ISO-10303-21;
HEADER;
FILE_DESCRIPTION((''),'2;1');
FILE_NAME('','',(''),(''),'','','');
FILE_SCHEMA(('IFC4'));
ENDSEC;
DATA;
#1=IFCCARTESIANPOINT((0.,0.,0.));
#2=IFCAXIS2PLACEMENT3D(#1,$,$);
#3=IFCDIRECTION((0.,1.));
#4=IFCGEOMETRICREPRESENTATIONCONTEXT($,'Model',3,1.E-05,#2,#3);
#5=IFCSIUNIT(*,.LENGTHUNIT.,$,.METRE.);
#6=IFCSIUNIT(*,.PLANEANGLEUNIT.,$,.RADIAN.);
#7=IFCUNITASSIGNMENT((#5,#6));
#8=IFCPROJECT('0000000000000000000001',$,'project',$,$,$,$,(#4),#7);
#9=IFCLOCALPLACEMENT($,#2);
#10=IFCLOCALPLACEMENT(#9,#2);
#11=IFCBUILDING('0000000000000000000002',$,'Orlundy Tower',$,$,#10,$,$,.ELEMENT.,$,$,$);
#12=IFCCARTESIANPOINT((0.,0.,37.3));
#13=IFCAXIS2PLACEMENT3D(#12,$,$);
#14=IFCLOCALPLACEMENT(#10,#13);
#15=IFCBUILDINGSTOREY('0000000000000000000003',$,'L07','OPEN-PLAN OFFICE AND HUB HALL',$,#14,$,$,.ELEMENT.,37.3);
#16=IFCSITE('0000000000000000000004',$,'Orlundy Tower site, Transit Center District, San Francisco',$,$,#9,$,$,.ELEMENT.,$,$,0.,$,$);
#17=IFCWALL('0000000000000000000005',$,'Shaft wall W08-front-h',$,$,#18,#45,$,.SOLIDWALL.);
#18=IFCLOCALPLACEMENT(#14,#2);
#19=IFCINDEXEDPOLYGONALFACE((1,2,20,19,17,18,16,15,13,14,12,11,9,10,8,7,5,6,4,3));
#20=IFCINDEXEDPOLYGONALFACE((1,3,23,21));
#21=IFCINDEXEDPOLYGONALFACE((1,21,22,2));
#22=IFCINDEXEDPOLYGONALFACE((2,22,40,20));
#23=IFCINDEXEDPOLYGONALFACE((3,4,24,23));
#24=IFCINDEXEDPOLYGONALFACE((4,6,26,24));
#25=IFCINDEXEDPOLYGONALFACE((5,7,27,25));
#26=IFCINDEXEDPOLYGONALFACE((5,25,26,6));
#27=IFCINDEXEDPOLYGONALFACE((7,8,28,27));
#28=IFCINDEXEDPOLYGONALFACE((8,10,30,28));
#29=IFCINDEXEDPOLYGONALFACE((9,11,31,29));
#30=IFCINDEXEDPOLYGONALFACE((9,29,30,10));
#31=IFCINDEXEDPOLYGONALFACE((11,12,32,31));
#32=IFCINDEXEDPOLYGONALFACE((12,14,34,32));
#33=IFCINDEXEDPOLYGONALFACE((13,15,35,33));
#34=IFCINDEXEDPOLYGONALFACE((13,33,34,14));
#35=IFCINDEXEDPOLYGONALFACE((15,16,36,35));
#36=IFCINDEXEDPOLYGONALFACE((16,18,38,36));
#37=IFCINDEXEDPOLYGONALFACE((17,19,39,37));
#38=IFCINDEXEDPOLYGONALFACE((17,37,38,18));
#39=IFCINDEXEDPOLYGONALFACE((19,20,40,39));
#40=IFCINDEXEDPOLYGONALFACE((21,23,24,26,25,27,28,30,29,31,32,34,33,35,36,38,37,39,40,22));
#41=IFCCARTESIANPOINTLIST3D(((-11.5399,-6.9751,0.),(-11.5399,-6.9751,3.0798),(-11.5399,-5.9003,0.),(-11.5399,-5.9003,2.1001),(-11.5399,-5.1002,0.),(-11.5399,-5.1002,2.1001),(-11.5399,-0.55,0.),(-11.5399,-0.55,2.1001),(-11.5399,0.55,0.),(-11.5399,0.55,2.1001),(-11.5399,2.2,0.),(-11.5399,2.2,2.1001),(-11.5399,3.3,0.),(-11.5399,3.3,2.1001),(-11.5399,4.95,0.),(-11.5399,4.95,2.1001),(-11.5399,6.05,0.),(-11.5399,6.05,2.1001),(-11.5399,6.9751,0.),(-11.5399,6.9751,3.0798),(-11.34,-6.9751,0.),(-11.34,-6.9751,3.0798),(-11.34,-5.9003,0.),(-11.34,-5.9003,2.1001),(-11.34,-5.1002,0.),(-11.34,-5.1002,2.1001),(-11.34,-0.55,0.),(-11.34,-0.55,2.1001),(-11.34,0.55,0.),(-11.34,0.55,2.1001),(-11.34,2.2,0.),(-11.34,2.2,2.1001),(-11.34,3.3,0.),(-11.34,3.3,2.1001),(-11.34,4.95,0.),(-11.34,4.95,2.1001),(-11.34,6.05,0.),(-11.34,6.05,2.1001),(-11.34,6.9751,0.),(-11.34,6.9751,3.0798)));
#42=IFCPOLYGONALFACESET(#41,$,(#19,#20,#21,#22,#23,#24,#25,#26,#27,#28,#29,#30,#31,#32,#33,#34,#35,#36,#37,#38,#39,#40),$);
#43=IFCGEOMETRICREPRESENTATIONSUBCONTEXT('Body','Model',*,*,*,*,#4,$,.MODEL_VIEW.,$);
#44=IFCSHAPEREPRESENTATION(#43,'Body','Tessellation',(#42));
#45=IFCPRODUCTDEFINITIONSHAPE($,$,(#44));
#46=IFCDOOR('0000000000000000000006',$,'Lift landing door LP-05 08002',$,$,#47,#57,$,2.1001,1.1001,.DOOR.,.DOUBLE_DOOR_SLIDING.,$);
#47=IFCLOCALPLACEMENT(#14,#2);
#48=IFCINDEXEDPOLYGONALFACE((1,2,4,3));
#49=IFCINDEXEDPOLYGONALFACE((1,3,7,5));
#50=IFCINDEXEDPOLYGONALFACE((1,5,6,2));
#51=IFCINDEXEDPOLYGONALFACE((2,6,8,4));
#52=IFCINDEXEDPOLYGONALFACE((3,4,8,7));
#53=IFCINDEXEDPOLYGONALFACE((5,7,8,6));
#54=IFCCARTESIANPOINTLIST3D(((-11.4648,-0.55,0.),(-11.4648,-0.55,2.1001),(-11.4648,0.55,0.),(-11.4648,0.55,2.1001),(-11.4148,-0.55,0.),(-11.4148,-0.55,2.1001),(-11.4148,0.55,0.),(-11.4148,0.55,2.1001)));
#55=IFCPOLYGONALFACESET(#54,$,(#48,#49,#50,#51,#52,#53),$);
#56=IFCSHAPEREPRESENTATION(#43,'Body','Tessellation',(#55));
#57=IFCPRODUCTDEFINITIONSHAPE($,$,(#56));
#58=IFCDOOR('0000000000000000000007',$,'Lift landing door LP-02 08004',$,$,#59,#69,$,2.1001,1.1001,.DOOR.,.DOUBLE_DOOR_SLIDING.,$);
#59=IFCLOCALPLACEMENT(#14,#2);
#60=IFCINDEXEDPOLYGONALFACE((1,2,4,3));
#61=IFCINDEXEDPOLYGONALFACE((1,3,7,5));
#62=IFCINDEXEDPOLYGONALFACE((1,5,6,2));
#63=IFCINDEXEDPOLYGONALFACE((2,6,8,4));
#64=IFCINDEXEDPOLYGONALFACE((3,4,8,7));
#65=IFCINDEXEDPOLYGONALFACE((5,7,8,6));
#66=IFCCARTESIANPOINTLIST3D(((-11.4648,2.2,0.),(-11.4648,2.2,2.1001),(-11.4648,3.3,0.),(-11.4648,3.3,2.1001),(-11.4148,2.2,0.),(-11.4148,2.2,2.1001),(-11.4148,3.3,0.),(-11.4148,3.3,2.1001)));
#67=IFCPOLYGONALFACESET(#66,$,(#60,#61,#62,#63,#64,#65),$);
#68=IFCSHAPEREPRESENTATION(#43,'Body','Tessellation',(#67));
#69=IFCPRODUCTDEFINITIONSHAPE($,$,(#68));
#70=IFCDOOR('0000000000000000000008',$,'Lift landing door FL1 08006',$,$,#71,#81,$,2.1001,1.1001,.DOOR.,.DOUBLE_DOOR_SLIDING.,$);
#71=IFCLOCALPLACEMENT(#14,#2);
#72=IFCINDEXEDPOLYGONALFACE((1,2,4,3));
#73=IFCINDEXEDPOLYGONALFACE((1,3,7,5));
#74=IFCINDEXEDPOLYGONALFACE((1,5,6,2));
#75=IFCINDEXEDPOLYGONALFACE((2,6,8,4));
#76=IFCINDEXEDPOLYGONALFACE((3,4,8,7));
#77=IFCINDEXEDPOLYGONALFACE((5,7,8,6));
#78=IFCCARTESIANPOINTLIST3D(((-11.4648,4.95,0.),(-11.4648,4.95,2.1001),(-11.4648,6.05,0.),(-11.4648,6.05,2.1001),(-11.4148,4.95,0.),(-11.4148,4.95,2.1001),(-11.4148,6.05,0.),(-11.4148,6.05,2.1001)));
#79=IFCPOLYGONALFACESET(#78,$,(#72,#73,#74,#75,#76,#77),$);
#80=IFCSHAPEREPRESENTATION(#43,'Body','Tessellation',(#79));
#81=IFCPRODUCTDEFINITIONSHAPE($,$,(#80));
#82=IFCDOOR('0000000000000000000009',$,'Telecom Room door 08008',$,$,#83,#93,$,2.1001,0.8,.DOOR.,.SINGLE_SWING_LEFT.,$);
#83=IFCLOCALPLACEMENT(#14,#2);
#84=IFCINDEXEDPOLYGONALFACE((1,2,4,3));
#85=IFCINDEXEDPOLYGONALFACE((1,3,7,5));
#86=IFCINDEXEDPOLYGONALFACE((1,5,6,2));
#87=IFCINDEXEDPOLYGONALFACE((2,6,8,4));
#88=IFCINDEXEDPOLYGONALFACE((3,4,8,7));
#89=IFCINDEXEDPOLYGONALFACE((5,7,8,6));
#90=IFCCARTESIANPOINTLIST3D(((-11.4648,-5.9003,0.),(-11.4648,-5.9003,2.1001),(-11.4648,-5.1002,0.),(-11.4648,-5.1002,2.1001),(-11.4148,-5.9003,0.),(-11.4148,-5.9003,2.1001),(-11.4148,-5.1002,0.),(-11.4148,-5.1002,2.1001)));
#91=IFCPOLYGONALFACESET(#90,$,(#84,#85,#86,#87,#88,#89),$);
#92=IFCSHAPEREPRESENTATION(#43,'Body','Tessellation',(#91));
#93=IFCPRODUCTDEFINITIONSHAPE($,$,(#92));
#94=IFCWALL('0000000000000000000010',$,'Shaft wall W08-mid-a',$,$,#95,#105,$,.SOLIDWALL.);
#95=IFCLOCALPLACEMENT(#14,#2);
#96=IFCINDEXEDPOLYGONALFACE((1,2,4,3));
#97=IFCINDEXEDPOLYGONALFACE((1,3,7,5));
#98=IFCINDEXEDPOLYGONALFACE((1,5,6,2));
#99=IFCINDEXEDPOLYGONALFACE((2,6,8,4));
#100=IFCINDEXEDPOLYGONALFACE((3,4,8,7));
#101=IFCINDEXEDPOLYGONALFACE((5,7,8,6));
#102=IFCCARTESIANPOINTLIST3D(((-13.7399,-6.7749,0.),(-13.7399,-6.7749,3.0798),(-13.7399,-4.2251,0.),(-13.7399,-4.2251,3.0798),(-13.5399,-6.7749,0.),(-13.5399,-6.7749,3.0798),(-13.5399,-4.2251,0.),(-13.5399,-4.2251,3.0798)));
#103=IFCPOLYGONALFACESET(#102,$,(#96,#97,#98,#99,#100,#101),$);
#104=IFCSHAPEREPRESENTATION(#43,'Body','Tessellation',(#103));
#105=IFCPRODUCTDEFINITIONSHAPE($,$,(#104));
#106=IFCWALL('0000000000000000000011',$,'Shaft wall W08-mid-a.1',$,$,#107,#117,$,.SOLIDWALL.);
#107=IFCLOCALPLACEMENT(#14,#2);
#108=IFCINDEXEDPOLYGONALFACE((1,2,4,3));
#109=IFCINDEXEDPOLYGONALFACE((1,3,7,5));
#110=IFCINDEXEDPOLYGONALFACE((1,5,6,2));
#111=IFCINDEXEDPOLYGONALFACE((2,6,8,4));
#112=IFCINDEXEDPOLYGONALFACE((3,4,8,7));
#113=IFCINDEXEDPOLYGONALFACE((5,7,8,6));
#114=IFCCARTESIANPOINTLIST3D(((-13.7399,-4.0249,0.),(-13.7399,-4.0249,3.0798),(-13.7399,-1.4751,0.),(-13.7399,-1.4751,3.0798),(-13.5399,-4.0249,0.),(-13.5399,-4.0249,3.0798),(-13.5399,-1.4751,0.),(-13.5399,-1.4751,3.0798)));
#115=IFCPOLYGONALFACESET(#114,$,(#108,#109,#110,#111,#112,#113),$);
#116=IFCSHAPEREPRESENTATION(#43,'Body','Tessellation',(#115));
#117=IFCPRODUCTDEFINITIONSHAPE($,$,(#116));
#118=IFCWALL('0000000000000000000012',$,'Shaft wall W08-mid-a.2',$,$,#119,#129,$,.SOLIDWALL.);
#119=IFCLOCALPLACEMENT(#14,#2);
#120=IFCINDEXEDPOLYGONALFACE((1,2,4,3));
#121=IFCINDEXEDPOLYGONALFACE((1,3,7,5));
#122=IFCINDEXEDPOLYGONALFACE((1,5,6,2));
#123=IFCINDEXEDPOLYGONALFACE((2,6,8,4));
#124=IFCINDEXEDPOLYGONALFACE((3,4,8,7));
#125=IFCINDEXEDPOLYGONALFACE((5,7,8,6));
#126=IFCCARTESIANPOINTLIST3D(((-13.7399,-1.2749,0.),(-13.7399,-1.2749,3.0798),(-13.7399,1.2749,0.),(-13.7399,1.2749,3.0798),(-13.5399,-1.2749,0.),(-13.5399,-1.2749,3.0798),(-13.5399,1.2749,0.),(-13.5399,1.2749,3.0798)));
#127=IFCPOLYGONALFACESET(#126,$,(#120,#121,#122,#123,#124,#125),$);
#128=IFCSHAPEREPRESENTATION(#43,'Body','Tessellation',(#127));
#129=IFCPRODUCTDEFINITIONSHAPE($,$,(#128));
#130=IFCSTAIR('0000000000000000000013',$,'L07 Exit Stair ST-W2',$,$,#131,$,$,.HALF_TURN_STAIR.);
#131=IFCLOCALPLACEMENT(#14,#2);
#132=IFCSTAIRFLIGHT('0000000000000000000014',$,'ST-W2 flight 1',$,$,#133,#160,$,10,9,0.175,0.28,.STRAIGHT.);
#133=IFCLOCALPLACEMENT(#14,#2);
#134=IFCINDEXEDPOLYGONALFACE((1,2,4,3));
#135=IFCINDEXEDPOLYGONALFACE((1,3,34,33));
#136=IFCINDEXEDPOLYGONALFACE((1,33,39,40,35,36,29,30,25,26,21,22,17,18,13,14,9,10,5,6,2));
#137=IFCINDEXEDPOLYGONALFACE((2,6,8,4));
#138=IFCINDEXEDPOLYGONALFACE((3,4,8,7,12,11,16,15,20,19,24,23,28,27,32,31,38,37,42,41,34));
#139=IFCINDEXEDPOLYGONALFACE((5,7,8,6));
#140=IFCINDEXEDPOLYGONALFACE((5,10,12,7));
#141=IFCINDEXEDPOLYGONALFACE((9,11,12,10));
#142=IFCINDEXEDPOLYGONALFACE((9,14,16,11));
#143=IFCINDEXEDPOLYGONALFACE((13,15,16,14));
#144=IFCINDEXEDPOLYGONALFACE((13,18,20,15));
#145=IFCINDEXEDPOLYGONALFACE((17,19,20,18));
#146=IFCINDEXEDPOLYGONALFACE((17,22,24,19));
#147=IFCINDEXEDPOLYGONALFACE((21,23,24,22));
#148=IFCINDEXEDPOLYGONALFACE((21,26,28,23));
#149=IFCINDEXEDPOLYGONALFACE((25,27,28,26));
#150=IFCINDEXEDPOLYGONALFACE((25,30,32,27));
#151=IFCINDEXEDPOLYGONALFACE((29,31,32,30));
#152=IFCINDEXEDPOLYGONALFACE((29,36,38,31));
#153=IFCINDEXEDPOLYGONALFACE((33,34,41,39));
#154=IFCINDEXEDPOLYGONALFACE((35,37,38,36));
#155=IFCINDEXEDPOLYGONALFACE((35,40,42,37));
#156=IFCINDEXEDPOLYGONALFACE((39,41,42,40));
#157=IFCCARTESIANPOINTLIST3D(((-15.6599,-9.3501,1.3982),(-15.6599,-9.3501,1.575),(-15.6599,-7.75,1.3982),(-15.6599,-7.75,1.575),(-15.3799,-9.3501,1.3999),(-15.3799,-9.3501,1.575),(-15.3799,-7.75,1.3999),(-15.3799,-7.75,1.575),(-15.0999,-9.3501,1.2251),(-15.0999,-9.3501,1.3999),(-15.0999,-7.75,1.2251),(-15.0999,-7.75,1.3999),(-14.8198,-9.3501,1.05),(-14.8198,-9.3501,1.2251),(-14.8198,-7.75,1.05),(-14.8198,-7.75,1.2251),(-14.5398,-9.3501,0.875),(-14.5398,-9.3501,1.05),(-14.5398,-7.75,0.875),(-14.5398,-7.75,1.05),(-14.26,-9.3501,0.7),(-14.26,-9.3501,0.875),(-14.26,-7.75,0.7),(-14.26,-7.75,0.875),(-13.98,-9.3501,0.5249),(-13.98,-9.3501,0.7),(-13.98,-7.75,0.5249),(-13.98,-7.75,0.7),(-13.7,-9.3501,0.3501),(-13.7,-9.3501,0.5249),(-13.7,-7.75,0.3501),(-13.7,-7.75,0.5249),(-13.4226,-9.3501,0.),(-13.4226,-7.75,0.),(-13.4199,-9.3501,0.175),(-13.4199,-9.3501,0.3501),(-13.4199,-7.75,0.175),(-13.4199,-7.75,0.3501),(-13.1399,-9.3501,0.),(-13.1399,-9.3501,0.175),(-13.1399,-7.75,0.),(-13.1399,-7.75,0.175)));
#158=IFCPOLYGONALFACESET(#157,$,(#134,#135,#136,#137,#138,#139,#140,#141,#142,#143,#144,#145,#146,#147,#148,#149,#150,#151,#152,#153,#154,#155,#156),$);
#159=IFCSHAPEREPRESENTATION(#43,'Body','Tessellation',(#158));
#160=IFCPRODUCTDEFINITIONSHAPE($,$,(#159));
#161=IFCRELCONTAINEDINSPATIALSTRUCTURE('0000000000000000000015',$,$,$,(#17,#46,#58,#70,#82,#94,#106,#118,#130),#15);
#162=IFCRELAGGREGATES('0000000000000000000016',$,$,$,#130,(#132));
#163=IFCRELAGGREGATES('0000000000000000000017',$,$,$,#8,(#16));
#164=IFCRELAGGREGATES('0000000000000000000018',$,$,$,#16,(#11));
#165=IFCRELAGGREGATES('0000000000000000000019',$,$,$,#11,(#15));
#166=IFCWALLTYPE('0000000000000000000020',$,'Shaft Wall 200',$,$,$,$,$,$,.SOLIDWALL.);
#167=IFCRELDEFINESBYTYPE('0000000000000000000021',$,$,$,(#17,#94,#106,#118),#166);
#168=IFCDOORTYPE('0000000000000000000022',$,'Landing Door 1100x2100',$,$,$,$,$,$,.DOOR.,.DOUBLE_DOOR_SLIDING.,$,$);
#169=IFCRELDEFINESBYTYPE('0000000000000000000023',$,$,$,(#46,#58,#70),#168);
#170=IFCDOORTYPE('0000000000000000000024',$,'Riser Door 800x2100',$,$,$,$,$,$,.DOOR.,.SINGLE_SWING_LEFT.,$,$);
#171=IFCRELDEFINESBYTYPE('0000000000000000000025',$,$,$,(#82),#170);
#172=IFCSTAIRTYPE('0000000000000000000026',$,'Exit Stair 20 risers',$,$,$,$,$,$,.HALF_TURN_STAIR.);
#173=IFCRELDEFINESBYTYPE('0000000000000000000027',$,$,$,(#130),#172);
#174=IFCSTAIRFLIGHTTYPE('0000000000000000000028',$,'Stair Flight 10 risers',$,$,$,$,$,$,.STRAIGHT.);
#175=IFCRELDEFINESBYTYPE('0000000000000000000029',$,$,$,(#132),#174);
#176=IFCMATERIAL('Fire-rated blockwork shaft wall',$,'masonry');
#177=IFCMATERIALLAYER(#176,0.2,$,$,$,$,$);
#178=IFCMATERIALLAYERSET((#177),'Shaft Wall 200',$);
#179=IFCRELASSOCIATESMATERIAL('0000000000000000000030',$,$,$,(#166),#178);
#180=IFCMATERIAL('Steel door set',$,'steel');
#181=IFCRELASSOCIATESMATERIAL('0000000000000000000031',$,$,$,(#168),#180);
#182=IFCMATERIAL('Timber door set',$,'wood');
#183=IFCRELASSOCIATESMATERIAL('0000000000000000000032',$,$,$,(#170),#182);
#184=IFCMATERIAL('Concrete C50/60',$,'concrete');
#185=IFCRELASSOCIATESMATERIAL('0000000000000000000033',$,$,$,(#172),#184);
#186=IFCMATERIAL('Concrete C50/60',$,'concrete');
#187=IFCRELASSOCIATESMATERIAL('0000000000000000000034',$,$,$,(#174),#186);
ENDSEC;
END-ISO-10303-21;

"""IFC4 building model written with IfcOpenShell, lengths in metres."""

from ifc_helpers import new_model, si_unit, direction, frame, frame_2d, origin, place, context, subcontext, project, spatial, polyline, rectangle, outline, extrude, material, layer, layer_set, type_object, element, fill, aggregate, save


model = new_model("IFC4")

# Units and contexts
model_context = context("Model", 3, precision=1e-05, world=origin(), true_north=direction((0.0, 1.0)))
body_context = subcontext(model_context, "Body", "Model", "MODEL_VIEW")
ifc_project = project(units=[si_unit("LENGTHUNIT", "METRE"), si_unit("PLANEANGLEUNIT", "RADIAN")], contexts=[model_context])

# Site, building, storey
site_placement = place(None, origin())
site = spatial("IfcSite", under=ifc_project, at=site_placement, Name="Orlundy Tower site, Transit Center District, San Francisco", CompositionType="ELEMENT", RefElevation=0.0)
building_placement = place(site_placement, origin())
building = spatial("IfcBuilding", under=site, at=building_placement, Name="Orlundy Tower", CompositionType="ELEMENT")
storey_placement = place(building_placement, frame((0.0, 0.0, 37.3)))
storey = spatial("IfcBuildingStorey", under=building, at=storey_placement, Name="L07", Description="OPEN-PLAN OFFICE AND HUB HALL", CompositionType="ELEMENT", Elevation=37.3)

# Shared definitions
ifc_material_1 = material(Name="Fire-rated blockwork shaft wall", Category="masonry")
ifc_layer_1 = layer(ifc_material_1, 0.2)
ifc_layer_set_1 = layer_set([ifc_layer_1], Name="Shaft Wall 200")
wall_type_1 = type_object("IfcWallType", Name="Shaft Wall 200", PredefinedType="SOLIDWALL", material=ifc_layer_set_1)

# Wall, openings, doors
wall_1_placement = place(storey_placement, frame((-11.4399, -6.9751, 0.0), z_axis=(0.0, 0.0, 1.0), x_axis=(0.0, 1.0, 0.0)))
wall_1 = element("IfcWall", 1, at=wall_1_placement, inside=storey, type_object=wall_type_1, Name="Shaft wall W08-front-h", PredefinedType="SOLIDWALL", context=body_context, shape_type="SweptSolid", body=[
    extrude(rectangle(XDim=13.9502, YDim=0.2, at=frame_2d((6.9751, 0.0))), origin(), (0.0, 0.0, 1.0), 3.0798),
])
opening_1_placement = place(wall_1_placement, frame((6.425, 0.0, 0.0)))
opening_1 = element("IfcOpeningElement", 2, at=opening_1_placement, cuts=wall_1, PredefinedType="OPENING", context=body_context, shape_type="SweptSolid", body=[
    extrude(rectangle(XDim=1.1001, YDim=2.1001, at=frame_2d((0.55, 1.05))), frame((0.0, 0.1101, 0.0), z_axis=(0.0, -1.0, 0.0), x_axis=(1.0, 0.0, 0.0)), (0.0, 0.0, 1.0), 0.2202),
])
opening_2_placement = place(wall_1_placement, frame((9.175, 0.0, 0.0)))
opening_2 = element("IfcOpeningElement", 3, at=opening_2_placement, cuts=wall_1, PredefinedType="OPENING", context=body_context, shape_type="SweptSolid", body=[
    extrude(rectangle(XDim=1.1001, YDim=2.1001, at=frame_2d((0.55, 1.05))), frame((0.0, 0.1101, 0.0), z_axis=(0.0, -1.0, 0.0), x_axis=(1.0, 0.0, 0.0)), (0.0, 0.0, 1.0), 0.2202),
])
opening_3_placement = place(wall_1_placement, frame((11.925, 0.0, 0.0)))
opening_3 = element("IfcOpeningElement", 4, at=opening_3_placement, cuts=wall_1, PredefinedType="OPENING", context=body_context, shape_type="SweptSolid", body=[
    extrude(rectangle(XDim=1.1001, YDim=2.1001, at=frame_2d((0.55, 1.05))), frame((0.0, 0.1101, 0.0), z_axis=(0.0, -1.0, 0.0), x_axis=(1.0, 0.0, 0.0)), (0.0, 0.0, 1.0), 0.2202),
])
opening_4_placement = place(wall_1_placement, frame((1.075, 0.0, 0.0)))
opening_4 = element("IfcOpeningElement", 5, at=opening_4_placement, cuts=wall_1, PredefinedType="OPENING", context=body_context, shape_type="SweptSolid", body=[
    extrude(rectangle(XDim=0.8, YDim=2.1001, at=frame_2d((0.3999, 1.05))), frame((0.0, 0.1101, 0.0), z_axis=(0.0, -1.0, 0.0), x_axis=(1.0, 0.0, 0.0)), (0.0, 0.0, 1.0), 0.2202),
])
ifc_material_2 = material(Name="Steel door set", Category="steel")
door_type_1 = type_object("IfcDoorType", Name="Landing Door 1100x2100", OperationType="DOUBLE_DOOR_SLIDING", PredefinedType="DOOR", material=ifc_material_2)
door_1_placement = place(opening_1_placement, origin())
door_1 = element("IfcDoor", 6, at=door_1_placement, inside=storey, type_object=door_type_1, Name="Lift landing door LP-05 08002", OperationType="DOUBLE_DOOR_SLIDING", OverallHeight=2.1001, OverallWidth=1.1001, PredefinedType="DOOR", context=body_context, shape_type="SweptSolid", body=[
    extrude(rectangle(XDim=1.1001, YDim=2.1001, at=frame_2d((0.55, 1.05))), frame((0.0, 0.0249, 0.0), z_axis=(0.0, -1.0, 0.0), x_axis=(1.0, 0.0, 0.0)), (0.0, 0.0, 1.0), 0.05),
])
fill(opening_1, door_1)
door_2_placement = place(opening_2_placement, origin())
door_2 = element("IfcDoor", 7, at=door_2_placement, inside=storey, type_object=door_type_1, Name="Lift landing door LP-02 08004", OperationType="DOUBLE_DOOR_SLIDING", OverallHeight=2.1001, OverallWidth=1.1001, PredefinedType="DOOR", context=body_context, shape_type="SweptSolid", body=[
    extrude(rectangle(XDim=1.1001, YDim=2.1001, at=frame_2d((0.55, 1.05))), frame((0.0, 0.0249, 0.0), z_axis=(0.0, -1.0, 0.0), x_axis=(1.0, 0.0, 0.0)), (0.0, 0.0, 1.0), 0.05),
])
fill(opening_2, door_2)
door_3_placement = place(opening_3_placement, origin())
door_3 = element("IfcDoor", 8, at=door_3_placement, inside=storey, type_object=door_type_1, Name="Lift landing door FL1 08006", OperationType="DOUBLE_DOOR_SLIDING", OverallHeight=2.1001, OverallWidth=1.1001, PredefinedType="DOOR", context=body_context, shape_type="SweptSolid", body=[
    extrude(rectangle(XDim=1.1001, YDim=2.1001, at=frame_2d((0.55, 1.05))), frame((0.0, 0.0249, 0.0), z_axis=(0.0, -1.0, 0.0), x_axis=(1.0, 0.0, 0.0)), (0.0, 0.0, 1.0), 0.05),
])
fill(opening_3, door_3)
ifc_material_3 = material(Name="Timber door set", Category="wood")
door_type_2 = type_object("IfcDoorType", Name="Riser Door 800x2100", OperationType="SINGLE_SWING_LEFT", PredefinedType="DOOR", material=ifc_material_3)
door_4_placement = place(opening_4_placement, origin())
door_4 = element("IfcDoor", 9, at=door_4_placement, inside=storey, type_object=door_type_2, Name="Telecom Room door 08008", OperationType="SINGLE_SWING_LEFT", OverallHeight=2.1001, OverallWidth=0.8, PredefinedType="DOOR", context=body_context, shape_type="SweptSolid", body=[
    extrude(rectangle(XDim=0.8, YDim=2.1001, at=frame_2d((0.3999, 1.05))), frame((0.0, 0.0249, 0.0), z_axis=(0.0, -1.0, 0.0), x_axis=(1.0, 0.0, 0.0)), (0.0, 0.0, 1.0), 0.05),
])
fill(opening_4, door_4)

# Walls
for number, where, z_axis, x_axis, name in (
    (10, (-13.6399, -6.7749, 0.0), (0.0, 0.0, 1.0), (0.0, 1.0, 0.0), "Shaft wall W08-mid-a"),
    (11, (-13.6399, -4.0249, 0.0), (0.0, 0.0, 1.0), (0.0, 1.0, 0.0), "Shaft wall W08-mid-a.1"),
    (12, (-13.6399, -1.2749, 0.0), (0.0, 0.0, 1.0), (0.0, 1.0, 0.0), "Shaft wall W08-mid-a.2"),
):
    element("IfcWall", number, at=place(storey_placement, frame(where, z_axis=z_axis, x_axis=x_axis)), inside=storey, type_object=wall_type_1, Name=name, PredefinedType="SOLIDWALL", context=body_context, shape_type="SweptSolid", body=[
        extrude(rectangle(XDim=2.5498, YDim=0.2, at=frame_2d((1.2749, 0.0))), origin(), (0.0, 0.0, 1.0), 3.0798),
    ])

# Stair, stair flight
ifc_material_4 = material(Name="Concrete C50/60", Category="concrete")
stair_type = type_object("IfcStairType", Name="Exit Stair 20 risers", PredefinedType="HALF_TURN_STAIR", material=ifc_material_4)
stair_placement = place(storey_placement, origin())
stair = element("IfcStair", 13, at=stair_placement, inside=storey, type_object=stair_type, Name="L07 Exit Stair ST-W2", PredefinedType="HALF_TURN_STAIR")
ifc_material_5 = material(Name="Concrete C50/60", Category="concrete")
stair_flight_type = type_object("IfcStairFlightType", Name="Stair Flight 10 risers", PredefinedType="STRAIGHT", material=ifc_material_5)
stair_flight_1_placement = place(storey_placement, frame((-13.1399, -8.55, 0.0), z_axis=(0.0, 0.0, 1.0), x_axis=(-1.0, 0.0, 0.0)))
stair_flight_1 = element("IfcStairFlight", 14, at=stair_flight_1_placement, type_object=stair_flight_type, Name="ST-W2 flight 1", NumberOfRisers=10, NumberOfTreads=9, PredefinedType="STRAIGHT", RiserHeight=0.175, TreadLength=0.28, context=body_context, shape_type="SweptSolid", body=[
    extrude(outline(polyline([(0.0, 0.0), (0.0, 0.175), (0.28, 0.175), (0.28, 0.3501), (0.5601, 0.3501), (0.5601, 0.5249), (0.8401, 0.5249), (0.8401, 0.7), (1.1201, 0.7), (1.1201, 0.875), (1.3999, 0.875), (1.3999, 1.05), (1.6799, 1.05), (1.6799, 1.2251), (1.96, 1.2251), (1.96, 1.3999), (2.24, 1.3999), (2.24, 1.575), (2.52, 1.575), (2.52, 1.75), (2.52, 1.3982), (0.2827, 0.0), (0.0, 0.0)])), frame((0.0, 0.8, 0.0), z_axis=(0.0, -1.0, 0.0), x_axis=(1.0, 0.0, 0.0)), (0.0, 0.0, 1.0), 1.6001),
])
aggregate(stair, [stair_flight_1])

save(model, "model.ifc")
